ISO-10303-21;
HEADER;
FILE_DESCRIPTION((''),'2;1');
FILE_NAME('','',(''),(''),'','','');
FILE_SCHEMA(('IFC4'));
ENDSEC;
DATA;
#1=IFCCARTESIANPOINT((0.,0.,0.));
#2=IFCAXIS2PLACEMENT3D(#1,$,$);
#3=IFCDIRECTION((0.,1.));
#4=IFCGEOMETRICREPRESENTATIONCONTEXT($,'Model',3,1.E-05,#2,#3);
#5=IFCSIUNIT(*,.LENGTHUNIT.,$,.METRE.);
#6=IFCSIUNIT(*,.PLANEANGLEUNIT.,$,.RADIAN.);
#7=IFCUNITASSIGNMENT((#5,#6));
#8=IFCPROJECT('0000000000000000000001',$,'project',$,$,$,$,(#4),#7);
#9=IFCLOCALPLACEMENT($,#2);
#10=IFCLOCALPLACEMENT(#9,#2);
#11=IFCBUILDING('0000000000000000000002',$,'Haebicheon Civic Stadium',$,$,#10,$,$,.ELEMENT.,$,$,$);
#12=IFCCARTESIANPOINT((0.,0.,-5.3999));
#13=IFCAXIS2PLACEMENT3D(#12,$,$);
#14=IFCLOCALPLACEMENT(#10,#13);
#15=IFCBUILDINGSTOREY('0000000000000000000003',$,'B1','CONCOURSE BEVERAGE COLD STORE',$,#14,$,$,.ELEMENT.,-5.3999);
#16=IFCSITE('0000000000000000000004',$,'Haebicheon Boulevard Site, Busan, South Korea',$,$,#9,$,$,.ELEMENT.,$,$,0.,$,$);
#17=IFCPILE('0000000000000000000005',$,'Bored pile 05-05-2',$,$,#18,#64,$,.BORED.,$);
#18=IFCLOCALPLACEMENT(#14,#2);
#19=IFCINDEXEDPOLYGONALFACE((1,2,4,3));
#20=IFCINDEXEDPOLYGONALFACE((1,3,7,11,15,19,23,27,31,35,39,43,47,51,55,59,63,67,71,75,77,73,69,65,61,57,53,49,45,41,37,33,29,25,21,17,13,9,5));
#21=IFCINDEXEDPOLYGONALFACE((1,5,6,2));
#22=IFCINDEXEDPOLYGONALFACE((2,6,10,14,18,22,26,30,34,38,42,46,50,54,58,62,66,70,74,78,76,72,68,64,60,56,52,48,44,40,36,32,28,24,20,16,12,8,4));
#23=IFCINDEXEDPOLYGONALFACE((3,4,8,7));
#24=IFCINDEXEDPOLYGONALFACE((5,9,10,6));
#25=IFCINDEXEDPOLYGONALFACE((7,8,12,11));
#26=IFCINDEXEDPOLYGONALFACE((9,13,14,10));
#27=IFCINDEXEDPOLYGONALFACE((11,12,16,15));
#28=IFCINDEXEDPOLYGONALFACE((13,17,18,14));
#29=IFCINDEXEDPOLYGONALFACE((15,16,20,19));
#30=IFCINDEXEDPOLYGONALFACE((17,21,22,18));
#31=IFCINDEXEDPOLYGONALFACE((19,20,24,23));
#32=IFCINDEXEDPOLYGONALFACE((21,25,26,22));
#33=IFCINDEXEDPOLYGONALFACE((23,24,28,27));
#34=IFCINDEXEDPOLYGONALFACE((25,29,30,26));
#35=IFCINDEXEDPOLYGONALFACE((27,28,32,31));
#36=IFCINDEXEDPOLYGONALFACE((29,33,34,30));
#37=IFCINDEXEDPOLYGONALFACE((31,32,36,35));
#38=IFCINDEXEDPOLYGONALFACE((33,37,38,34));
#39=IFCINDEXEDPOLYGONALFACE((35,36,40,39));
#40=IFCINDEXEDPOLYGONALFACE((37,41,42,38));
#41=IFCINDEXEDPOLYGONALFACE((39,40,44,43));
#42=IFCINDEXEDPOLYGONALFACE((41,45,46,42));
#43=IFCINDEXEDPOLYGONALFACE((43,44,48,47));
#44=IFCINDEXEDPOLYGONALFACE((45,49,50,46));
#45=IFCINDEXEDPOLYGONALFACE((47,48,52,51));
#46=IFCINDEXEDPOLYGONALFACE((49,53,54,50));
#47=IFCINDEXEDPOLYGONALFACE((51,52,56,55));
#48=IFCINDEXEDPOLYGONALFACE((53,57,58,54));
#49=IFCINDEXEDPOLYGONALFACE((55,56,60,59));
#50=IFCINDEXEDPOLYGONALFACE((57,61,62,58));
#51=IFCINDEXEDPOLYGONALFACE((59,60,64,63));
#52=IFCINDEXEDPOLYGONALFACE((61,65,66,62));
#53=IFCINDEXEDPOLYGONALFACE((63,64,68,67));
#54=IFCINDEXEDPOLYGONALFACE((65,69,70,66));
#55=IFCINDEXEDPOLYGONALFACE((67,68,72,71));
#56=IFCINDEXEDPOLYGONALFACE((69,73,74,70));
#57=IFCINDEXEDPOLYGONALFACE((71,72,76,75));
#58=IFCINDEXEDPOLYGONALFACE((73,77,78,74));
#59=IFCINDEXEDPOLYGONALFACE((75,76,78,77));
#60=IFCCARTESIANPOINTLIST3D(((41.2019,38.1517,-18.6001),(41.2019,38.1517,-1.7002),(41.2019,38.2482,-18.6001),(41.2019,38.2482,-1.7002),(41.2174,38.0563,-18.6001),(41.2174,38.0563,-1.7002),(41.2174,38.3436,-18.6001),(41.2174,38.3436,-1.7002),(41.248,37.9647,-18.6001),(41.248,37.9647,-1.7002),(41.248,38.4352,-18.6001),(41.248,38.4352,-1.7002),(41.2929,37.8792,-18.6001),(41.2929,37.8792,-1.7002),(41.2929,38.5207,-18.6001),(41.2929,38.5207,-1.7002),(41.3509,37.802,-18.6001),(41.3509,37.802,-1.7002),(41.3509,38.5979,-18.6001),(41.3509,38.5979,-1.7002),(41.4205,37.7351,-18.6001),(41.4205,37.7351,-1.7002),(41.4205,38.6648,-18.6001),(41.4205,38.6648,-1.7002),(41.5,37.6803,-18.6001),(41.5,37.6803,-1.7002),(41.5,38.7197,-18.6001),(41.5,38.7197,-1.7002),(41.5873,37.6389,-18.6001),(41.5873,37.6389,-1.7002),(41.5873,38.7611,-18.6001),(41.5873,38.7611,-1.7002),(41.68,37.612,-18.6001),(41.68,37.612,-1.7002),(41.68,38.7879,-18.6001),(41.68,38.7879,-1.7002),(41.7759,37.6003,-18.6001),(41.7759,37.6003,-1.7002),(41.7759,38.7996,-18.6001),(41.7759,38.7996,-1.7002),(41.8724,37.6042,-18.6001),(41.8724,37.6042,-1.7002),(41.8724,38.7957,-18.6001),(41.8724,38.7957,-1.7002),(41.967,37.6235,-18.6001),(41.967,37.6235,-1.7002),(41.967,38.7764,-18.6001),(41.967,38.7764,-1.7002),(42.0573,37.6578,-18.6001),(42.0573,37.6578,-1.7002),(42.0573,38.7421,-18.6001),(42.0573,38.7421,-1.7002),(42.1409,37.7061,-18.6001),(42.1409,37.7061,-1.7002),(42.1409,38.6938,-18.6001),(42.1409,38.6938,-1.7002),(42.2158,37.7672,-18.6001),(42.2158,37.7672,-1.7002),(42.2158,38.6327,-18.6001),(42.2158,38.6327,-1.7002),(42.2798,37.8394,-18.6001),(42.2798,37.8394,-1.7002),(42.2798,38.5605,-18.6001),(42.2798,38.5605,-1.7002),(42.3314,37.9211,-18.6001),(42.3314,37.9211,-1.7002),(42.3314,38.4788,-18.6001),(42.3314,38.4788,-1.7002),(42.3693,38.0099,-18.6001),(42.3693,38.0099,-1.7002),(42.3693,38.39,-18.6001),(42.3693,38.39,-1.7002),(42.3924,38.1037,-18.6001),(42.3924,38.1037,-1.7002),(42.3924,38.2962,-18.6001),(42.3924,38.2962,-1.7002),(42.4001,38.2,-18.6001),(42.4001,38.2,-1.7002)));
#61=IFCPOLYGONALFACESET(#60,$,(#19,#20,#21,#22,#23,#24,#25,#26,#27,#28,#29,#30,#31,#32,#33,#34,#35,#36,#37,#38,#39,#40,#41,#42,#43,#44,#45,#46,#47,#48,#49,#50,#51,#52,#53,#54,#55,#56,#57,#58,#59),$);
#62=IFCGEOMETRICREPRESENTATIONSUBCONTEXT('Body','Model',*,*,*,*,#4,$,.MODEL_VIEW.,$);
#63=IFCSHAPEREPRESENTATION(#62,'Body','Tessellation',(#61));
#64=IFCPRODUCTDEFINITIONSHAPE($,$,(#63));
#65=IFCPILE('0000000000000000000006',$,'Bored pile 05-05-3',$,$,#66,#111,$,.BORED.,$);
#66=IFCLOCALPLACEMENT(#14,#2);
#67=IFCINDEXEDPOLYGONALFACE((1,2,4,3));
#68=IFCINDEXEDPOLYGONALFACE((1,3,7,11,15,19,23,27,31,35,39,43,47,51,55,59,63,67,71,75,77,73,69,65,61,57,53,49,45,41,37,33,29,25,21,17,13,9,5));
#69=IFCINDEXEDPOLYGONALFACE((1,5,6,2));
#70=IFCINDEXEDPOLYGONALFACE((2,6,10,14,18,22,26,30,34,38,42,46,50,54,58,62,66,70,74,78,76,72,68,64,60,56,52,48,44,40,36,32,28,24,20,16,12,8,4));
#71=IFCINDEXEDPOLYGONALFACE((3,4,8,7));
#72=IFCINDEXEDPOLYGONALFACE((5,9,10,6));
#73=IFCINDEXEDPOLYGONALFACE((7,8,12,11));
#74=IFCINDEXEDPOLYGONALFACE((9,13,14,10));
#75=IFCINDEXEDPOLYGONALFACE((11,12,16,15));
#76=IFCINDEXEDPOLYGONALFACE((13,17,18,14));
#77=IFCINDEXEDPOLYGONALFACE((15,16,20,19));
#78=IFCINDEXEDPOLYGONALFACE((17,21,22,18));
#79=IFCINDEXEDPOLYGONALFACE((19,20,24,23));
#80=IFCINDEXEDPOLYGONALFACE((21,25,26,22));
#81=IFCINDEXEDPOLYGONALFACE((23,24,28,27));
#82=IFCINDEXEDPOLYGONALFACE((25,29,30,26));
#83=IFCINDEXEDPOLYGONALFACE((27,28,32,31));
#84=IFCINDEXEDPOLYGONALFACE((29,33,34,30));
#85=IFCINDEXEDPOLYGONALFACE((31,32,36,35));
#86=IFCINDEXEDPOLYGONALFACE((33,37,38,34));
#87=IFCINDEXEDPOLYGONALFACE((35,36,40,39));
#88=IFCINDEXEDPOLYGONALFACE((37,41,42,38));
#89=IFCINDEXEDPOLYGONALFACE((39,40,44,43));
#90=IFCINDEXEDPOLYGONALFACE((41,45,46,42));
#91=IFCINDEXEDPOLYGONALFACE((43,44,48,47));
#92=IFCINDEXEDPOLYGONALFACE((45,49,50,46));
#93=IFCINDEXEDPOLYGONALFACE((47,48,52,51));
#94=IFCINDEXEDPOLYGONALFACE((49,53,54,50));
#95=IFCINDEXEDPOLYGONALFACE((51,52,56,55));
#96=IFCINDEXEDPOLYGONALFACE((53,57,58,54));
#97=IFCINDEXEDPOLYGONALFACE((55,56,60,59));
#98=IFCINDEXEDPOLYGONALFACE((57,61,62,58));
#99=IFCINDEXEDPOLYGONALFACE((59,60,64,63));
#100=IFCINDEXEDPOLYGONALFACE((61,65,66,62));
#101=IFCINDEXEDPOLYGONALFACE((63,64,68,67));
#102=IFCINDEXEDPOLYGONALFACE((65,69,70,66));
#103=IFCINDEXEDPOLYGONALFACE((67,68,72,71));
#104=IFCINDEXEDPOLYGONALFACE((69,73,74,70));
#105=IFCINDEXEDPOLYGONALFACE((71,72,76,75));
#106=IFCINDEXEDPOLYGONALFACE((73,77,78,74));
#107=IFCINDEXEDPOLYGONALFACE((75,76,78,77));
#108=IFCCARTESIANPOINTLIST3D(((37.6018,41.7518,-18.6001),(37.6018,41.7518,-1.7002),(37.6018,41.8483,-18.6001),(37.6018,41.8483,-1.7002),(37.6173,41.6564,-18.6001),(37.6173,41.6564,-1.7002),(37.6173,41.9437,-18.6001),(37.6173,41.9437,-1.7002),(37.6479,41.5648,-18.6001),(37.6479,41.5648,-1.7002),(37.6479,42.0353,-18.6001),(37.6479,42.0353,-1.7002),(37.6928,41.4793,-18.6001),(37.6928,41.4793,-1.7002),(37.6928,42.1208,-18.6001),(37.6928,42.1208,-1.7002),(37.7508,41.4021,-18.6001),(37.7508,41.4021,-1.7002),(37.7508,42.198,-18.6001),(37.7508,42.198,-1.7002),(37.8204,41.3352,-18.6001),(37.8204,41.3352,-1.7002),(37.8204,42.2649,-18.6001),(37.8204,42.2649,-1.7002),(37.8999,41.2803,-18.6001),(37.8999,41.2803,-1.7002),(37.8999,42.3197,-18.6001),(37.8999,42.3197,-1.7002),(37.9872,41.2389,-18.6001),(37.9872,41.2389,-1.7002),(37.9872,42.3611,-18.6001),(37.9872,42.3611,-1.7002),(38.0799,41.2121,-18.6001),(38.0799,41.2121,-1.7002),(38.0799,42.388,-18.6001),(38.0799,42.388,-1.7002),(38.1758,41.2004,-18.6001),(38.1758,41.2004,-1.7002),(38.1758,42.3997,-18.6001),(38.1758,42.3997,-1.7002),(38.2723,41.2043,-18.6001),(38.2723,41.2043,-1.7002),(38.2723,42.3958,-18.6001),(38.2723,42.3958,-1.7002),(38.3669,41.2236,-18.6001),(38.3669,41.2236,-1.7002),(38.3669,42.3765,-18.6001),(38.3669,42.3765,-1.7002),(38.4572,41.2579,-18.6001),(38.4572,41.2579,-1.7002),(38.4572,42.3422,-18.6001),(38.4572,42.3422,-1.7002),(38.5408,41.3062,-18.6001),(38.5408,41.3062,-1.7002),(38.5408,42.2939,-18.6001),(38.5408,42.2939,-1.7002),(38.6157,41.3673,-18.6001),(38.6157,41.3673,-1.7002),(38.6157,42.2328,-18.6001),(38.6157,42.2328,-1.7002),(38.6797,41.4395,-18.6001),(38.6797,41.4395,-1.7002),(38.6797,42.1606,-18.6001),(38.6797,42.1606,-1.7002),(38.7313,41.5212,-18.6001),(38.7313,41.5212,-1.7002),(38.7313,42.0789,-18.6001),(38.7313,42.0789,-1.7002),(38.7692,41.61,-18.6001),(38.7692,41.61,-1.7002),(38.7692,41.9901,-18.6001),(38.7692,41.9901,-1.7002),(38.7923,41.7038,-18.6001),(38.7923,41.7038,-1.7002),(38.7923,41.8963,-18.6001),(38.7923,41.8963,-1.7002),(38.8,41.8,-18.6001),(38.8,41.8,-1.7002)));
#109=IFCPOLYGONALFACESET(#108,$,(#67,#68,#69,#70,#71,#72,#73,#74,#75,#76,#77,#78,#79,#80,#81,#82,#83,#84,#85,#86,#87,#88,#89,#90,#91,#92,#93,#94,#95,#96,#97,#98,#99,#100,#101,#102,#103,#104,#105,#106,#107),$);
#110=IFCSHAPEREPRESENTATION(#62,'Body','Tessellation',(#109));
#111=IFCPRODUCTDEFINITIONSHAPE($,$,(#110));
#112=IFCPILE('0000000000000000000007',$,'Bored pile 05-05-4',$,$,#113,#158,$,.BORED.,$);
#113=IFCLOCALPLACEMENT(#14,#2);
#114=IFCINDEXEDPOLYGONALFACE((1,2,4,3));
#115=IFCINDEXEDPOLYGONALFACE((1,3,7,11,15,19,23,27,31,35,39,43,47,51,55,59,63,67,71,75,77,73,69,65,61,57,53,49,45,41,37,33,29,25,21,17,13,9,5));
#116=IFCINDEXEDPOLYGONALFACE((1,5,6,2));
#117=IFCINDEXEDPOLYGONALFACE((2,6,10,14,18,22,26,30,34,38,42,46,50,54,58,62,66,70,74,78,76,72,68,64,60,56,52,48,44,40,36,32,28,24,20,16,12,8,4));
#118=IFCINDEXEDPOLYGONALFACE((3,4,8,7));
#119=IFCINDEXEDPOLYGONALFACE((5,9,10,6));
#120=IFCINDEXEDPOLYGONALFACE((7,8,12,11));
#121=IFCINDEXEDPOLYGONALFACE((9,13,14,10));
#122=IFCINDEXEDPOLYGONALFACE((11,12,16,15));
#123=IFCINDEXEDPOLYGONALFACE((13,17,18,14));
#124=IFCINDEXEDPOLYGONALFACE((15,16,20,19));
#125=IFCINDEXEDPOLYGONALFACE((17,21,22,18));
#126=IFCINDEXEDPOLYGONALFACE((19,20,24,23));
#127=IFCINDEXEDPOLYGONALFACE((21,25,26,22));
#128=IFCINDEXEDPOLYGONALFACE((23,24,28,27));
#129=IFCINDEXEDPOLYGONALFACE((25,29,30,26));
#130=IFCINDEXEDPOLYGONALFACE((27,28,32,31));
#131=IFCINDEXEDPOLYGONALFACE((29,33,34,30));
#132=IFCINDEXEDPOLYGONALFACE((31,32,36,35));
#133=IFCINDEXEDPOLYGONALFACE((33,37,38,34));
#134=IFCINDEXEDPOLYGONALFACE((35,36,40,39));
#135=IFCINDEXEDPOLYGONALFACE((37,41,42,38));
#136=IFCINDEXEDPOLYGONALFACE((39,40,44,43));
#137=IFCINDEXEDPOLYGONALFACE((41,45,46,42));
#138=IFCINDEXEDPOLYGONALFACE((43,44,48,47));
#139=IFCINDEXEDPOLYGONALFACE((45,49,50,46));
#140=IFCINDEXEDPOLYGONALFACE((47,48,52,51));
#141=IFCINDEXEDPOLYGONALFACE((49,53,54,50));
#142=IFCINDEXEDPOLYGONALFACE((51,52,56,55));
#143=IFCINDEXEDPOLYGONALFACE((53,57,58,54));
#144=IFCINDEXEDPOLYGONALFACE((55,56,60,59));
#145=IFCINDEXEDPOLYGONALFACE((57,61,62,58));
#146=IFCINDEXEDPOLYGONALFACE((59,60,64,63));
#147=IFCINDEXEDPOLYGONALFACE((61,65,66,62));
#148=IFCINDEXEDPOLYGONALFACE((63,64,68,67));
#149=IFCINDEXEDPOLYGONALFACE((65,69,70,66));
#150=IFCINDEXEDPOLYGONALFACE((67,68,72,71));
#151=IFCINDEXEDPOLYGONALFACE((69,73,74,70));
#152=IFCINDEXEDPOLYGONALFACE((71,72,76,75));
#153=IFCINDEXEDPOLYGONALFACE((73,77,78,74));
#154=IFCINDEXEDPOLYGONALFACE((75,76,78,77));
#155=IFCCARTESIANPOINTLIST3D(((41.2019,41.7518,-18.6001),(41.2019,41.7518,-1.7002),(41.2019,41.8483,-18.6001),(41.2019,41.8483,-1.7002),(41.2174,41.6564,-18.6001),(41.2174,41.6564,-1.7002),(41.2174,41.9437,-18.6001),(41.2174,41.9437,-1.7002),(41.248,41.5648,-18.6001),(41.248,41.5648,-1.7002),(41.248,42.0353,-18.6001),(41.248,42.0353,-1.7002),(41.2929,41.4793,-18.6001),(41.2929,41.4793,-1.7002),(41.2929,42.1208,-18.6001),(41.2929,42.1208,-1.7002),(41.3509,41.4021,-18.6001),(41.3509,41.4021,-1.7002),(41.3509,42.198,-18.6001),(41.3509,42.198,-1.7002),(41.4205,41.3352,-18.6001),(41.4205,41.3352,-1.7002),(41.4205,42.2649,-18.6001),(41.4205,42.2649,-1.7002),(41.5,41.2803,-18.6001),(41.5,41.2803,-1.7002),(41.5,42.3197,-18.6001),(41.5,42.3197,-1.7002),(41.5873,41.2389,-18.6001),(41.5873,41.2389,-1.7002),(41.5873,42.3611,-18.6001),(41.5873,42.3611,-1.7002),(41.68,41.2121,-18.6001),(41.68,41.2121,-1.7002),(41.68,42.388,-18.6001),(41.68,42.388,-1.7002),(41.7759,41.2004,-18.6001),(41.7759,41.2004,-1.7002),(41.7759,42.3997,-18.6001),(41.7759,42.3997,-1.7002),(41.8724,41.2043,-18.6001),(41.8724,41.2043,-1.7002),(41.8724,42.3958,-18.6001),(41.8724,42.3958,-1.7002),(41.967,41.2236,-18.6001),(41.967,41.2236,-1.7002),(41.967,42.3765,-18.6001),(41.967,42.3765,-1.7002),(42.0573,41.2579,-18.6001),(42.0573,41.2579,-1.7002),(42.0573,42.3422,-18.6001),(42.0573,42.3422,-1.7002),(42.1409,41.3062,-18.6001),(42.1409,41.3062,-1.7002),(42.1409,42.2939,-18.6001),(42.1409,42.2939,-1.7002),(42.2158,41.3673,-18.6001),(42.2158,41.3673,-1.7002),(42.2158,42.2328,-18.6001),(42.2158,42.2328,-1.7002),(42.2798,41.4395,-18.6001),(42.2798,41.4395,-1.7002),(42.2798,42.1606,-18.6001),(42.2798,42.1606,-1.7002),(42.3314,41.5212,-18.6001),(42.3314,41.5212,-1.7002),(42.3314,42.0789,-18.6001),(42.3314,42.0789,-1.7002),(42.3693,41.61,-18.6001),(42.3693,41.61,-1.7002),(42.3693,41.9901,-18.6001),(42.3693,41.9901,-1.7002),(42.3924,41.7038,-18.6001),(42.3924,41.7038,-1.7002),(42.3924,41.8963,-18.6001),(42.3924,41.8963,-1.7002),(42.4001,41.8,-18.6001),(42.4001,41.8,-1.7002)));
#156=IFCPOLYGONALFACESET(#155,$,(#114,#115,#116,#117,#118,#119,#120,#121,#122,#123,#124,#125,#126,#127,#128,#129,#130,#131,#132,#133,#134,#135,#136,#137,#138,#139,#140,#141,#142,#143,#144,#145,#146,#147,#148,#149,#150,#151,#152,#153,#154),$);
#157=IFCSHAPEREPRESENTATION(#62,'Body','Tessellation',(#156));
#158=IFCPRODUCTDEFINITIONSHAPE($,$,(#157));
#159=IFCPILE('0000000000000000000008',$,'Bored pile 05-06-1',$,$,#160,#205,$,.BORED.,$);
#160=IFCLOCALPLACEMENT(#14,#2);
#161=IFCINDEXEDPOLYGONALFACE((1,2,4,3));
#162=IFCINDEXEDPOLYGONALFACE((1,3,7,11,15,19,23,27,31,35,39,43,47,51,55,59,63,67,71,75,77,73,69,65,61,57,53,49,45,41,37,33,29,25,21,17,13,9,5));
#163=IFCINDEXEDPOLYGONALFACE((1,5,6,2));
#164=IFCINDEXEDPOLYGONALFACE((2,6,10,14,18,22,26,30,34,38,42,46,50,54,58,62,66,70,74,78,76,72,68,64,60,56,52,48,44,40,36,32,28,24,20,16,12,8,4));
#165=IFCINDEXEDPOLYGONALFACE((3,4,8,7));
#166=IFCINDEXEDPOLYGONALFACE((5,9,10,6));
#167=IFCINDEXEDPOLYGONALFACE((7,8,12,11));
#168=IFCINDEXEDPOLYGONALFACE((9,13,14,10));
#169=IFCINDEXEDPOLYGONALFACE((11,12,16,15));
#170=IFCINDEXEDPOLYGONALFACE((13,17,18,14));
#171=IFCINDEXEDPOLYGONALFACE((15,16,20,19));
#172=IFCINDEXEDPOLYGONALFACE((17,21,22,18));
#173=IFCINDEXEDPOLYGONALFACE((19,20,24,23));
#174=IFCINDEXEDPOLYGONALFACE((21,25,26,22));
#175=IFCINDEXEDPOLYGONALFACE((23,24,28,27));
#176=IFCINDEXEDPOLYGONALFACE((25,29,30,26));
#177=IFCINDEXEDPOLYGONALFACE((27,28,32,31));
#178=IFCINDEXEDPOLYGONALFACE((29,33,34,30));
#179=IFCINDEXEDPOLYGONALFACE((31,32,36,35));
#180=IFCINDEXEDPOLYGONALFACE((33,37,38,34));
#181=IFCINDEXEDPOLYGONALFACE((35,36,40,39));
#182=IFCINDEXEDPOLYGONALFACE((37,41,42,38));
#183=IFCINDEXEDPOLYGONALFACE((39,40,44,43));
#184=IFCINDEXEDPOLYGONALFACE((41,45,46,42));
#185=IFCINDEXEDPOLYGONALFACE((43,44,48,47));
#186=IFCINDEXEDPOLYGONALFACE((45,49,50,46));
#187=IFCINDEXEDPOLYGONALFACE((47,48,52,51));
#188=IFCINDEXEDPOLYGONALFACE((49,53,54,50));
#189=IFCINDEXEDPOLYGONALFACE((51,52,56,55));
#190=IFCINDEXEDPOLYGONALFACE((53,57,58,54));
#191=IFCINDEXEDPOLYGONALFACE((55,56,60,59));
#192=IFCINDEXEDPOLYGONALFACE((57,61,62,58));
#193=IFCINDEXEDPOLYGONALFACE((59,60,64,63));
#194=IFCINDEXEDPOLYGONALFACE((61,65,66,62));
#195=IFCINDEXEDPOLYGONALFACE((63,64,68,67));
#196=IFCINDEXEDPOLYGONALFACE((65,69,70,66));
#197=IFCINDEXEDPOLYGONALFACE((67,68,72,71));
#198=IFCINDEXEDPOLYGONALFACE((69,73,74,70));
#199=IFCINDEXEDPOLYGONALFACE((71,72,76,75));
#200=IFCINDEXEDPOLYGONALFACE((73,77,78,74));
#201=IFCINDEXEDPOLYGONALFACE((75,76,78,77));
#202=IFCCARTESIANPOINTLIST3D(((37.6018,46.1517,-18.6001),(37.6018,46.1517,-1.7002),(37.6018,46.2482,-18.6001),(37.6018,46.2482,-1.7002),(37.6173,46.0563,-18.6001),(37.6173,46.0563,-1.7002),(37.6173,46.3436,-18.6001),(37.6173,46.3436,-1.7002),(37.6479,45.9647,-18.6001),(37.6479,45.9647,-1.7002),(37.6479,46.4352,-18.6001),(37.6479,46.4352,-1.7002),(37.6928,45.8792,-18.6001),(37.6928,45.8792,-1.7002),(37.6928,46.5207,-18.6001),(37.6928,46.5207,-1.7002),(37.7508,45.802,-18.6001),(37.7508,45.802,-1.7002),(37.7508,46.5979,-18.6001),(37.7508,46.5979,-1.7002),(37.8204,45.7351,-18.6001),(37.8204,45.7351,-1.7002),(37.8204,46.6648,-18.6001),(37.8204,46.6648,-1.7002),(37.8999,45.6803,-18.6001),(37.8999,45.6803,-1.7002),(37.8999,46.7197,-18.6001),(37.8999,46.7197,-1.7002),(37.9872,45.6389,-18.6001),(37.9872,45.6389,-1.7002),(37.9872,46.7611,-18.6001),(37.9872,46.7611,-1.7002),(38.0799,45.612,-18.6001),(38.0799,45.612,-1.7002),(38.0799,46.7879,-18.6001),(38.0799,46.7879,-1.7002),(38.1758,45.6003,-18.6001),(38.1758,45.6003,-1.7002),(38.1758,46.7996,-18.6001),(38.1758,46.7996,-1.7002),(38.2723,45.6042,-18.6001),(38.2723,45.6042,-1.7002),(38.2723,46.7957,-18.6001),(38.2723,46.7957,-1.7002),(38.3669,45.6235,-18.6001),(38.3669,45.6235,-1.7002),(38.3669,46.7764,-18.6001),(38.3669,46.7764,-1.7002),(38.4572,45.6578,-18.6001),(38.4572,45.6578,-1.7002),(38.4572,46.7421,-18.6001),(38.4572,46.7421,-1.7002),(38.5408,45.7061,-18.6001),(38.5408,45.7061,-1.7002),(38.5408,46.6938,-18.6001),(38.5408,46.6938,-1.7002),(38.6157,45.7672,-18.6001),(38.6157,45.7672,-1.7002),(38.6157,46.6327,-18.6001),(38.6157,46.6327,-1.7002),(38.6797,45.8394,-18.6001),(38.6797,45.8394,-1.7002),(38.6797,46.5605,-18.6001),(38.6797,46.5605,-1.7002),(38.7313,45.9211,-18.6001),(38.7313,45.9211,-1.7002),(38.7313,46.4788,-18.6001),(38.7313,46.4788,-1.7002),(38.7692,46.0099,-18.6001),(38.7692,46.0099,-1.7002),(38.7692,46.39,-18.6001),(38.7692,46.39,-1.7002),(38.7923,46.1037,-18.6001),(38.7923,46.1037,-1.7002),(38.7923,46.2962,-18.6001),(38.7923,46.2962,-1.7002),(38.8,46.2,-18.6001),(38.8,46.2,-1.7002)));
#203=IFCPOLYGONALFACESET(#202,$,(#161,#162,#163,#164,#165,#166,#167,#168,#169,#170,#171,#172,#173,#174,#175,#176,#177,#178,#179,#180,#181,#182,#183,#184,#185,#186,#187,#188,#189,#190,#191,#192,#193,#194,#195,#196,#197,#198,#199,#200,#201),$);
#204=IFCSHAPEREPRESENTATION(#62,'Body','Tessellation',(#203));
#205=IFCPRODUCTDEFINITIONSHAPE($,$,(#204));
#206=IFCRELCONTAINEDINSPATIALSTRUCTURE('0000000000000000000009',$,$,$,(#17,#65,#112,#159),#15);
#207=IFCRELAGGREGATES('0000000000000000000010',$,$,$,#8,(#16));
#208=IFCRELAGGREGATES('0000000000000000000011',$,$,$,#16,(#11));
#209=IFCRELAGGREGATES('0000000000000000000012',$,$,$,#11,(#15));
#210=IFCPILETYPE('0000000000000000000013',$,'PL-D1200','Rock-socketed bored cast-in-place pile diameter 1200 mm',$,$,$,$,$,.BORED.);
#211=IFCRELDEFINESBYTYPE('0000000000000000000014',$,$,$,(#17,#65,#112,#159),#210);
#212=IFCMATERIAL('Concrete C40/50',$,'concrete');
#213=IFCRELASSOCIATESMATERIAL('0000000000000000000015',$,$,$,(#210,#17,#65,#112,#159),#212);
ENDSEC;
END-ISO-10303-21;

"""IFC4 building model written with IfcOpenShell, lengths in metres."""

from ifc_helpers import new_model, si_unit, direction, frame, origin, origin_2d, place, context, subcontext, project, spatial, circle, extrude, material, material_profile, profile_set, type_object, element, save


model = new_model("IFC4")

# Units and contexts
model_context = context("Model", 3, precision=1e-05, world=origin(), true_north=direction((0.0, 1.0)))
body_context = subcontext(model_context, "Body", "Model", "MODEL_VIEW")
ifc_project = project(units=[si_unit("LENGTHUNIT", "METRE"), si_unit("PLANEANGLEUNIT", "RADIAN")], contexts=[model_context])

# Site, building, storey
site_placement = place(None, origin())
site = spatial("IfcSite", under=ifc_project, at=site_placement, Name="Haebicheon Boulevard Site, Busan, South Korea", CompositionType="ELEMENT", RefElevation=0.0)
building_placement = place(site_placement, origin())
building = spatial("IfcBuilding", under=site, at=building_placement, Name="Haebicheon Civic Stadium", CompositionType="ELEMENT")
storey_placement = place(building_placement, frame((0.0, 0.0, -5.3999)))
storey = spatial("IfcBuildingStorey", under=building, at=storey_placement, Name="B1", Description="CONCOURSE BEVERAGE COLD STORE", CompositionType="ELEMENT", Elevation=-5.3999)

# Piles
ifc_material_1 = material(Name="Concrete C40/50", Category="concrete")
ifc_material_profile_1 = material_profile(ifc_material_1, circle(Radius=0.6001, at=origin_2d()), Name="PILE-D1200")
ifc_profile_set_1 = profile_set([ifc_material_profile_1], Name="Concrete C40/50")
pile_type_1 = type_object("IfcPileType", Name="PL-D1200", Description="Rock-socketed bored cast-in-place pile diameter 1200 mm", PredefinedType="BORED", material=ifc_profile_set_1)
for number, where, z_axis, x_axis, name in (
    (1, (41.8, 38.2, -1.7002), (0.0, 0.0, -1.0), (1.0, 0.0, 0.0), "Bored pile 05-05-2"),
    (2, (38.2, 41.8, -1.7002), (0.0, 0.0, -1.0), (1.0, 0.0, 0.0), "Bored pile 05-05-3"),
    (3, (41.8, 41.8, -1.7002), (0.0, 0.0, -1.0), (1.0, 0.0, 0.0), "Bored pile 05-05-4"),
    (4, (38.2, 46.2, -1.7002), (0.0, 0.0, -1.0), (1.0, 0.0, 0.0), "Bored pile 05-06-1"),
):
    element("IfcPile", number, at=place(storey_placement, frame(where, z_axis=z_axis, x_axis=x_axis)), inside=storey, type_object=pile_type_1, material=ifc_profile_set_1, Name=name, PredefinedType="BORED", context=body_context, shape_type="SweptSolid", body=[
        extrude(circle(Radius=0.6001, at=origin_2d()), origin(), (0.0, 0.0, 1.0), 16.8999),
    ])

save(model, "model.ifc")
